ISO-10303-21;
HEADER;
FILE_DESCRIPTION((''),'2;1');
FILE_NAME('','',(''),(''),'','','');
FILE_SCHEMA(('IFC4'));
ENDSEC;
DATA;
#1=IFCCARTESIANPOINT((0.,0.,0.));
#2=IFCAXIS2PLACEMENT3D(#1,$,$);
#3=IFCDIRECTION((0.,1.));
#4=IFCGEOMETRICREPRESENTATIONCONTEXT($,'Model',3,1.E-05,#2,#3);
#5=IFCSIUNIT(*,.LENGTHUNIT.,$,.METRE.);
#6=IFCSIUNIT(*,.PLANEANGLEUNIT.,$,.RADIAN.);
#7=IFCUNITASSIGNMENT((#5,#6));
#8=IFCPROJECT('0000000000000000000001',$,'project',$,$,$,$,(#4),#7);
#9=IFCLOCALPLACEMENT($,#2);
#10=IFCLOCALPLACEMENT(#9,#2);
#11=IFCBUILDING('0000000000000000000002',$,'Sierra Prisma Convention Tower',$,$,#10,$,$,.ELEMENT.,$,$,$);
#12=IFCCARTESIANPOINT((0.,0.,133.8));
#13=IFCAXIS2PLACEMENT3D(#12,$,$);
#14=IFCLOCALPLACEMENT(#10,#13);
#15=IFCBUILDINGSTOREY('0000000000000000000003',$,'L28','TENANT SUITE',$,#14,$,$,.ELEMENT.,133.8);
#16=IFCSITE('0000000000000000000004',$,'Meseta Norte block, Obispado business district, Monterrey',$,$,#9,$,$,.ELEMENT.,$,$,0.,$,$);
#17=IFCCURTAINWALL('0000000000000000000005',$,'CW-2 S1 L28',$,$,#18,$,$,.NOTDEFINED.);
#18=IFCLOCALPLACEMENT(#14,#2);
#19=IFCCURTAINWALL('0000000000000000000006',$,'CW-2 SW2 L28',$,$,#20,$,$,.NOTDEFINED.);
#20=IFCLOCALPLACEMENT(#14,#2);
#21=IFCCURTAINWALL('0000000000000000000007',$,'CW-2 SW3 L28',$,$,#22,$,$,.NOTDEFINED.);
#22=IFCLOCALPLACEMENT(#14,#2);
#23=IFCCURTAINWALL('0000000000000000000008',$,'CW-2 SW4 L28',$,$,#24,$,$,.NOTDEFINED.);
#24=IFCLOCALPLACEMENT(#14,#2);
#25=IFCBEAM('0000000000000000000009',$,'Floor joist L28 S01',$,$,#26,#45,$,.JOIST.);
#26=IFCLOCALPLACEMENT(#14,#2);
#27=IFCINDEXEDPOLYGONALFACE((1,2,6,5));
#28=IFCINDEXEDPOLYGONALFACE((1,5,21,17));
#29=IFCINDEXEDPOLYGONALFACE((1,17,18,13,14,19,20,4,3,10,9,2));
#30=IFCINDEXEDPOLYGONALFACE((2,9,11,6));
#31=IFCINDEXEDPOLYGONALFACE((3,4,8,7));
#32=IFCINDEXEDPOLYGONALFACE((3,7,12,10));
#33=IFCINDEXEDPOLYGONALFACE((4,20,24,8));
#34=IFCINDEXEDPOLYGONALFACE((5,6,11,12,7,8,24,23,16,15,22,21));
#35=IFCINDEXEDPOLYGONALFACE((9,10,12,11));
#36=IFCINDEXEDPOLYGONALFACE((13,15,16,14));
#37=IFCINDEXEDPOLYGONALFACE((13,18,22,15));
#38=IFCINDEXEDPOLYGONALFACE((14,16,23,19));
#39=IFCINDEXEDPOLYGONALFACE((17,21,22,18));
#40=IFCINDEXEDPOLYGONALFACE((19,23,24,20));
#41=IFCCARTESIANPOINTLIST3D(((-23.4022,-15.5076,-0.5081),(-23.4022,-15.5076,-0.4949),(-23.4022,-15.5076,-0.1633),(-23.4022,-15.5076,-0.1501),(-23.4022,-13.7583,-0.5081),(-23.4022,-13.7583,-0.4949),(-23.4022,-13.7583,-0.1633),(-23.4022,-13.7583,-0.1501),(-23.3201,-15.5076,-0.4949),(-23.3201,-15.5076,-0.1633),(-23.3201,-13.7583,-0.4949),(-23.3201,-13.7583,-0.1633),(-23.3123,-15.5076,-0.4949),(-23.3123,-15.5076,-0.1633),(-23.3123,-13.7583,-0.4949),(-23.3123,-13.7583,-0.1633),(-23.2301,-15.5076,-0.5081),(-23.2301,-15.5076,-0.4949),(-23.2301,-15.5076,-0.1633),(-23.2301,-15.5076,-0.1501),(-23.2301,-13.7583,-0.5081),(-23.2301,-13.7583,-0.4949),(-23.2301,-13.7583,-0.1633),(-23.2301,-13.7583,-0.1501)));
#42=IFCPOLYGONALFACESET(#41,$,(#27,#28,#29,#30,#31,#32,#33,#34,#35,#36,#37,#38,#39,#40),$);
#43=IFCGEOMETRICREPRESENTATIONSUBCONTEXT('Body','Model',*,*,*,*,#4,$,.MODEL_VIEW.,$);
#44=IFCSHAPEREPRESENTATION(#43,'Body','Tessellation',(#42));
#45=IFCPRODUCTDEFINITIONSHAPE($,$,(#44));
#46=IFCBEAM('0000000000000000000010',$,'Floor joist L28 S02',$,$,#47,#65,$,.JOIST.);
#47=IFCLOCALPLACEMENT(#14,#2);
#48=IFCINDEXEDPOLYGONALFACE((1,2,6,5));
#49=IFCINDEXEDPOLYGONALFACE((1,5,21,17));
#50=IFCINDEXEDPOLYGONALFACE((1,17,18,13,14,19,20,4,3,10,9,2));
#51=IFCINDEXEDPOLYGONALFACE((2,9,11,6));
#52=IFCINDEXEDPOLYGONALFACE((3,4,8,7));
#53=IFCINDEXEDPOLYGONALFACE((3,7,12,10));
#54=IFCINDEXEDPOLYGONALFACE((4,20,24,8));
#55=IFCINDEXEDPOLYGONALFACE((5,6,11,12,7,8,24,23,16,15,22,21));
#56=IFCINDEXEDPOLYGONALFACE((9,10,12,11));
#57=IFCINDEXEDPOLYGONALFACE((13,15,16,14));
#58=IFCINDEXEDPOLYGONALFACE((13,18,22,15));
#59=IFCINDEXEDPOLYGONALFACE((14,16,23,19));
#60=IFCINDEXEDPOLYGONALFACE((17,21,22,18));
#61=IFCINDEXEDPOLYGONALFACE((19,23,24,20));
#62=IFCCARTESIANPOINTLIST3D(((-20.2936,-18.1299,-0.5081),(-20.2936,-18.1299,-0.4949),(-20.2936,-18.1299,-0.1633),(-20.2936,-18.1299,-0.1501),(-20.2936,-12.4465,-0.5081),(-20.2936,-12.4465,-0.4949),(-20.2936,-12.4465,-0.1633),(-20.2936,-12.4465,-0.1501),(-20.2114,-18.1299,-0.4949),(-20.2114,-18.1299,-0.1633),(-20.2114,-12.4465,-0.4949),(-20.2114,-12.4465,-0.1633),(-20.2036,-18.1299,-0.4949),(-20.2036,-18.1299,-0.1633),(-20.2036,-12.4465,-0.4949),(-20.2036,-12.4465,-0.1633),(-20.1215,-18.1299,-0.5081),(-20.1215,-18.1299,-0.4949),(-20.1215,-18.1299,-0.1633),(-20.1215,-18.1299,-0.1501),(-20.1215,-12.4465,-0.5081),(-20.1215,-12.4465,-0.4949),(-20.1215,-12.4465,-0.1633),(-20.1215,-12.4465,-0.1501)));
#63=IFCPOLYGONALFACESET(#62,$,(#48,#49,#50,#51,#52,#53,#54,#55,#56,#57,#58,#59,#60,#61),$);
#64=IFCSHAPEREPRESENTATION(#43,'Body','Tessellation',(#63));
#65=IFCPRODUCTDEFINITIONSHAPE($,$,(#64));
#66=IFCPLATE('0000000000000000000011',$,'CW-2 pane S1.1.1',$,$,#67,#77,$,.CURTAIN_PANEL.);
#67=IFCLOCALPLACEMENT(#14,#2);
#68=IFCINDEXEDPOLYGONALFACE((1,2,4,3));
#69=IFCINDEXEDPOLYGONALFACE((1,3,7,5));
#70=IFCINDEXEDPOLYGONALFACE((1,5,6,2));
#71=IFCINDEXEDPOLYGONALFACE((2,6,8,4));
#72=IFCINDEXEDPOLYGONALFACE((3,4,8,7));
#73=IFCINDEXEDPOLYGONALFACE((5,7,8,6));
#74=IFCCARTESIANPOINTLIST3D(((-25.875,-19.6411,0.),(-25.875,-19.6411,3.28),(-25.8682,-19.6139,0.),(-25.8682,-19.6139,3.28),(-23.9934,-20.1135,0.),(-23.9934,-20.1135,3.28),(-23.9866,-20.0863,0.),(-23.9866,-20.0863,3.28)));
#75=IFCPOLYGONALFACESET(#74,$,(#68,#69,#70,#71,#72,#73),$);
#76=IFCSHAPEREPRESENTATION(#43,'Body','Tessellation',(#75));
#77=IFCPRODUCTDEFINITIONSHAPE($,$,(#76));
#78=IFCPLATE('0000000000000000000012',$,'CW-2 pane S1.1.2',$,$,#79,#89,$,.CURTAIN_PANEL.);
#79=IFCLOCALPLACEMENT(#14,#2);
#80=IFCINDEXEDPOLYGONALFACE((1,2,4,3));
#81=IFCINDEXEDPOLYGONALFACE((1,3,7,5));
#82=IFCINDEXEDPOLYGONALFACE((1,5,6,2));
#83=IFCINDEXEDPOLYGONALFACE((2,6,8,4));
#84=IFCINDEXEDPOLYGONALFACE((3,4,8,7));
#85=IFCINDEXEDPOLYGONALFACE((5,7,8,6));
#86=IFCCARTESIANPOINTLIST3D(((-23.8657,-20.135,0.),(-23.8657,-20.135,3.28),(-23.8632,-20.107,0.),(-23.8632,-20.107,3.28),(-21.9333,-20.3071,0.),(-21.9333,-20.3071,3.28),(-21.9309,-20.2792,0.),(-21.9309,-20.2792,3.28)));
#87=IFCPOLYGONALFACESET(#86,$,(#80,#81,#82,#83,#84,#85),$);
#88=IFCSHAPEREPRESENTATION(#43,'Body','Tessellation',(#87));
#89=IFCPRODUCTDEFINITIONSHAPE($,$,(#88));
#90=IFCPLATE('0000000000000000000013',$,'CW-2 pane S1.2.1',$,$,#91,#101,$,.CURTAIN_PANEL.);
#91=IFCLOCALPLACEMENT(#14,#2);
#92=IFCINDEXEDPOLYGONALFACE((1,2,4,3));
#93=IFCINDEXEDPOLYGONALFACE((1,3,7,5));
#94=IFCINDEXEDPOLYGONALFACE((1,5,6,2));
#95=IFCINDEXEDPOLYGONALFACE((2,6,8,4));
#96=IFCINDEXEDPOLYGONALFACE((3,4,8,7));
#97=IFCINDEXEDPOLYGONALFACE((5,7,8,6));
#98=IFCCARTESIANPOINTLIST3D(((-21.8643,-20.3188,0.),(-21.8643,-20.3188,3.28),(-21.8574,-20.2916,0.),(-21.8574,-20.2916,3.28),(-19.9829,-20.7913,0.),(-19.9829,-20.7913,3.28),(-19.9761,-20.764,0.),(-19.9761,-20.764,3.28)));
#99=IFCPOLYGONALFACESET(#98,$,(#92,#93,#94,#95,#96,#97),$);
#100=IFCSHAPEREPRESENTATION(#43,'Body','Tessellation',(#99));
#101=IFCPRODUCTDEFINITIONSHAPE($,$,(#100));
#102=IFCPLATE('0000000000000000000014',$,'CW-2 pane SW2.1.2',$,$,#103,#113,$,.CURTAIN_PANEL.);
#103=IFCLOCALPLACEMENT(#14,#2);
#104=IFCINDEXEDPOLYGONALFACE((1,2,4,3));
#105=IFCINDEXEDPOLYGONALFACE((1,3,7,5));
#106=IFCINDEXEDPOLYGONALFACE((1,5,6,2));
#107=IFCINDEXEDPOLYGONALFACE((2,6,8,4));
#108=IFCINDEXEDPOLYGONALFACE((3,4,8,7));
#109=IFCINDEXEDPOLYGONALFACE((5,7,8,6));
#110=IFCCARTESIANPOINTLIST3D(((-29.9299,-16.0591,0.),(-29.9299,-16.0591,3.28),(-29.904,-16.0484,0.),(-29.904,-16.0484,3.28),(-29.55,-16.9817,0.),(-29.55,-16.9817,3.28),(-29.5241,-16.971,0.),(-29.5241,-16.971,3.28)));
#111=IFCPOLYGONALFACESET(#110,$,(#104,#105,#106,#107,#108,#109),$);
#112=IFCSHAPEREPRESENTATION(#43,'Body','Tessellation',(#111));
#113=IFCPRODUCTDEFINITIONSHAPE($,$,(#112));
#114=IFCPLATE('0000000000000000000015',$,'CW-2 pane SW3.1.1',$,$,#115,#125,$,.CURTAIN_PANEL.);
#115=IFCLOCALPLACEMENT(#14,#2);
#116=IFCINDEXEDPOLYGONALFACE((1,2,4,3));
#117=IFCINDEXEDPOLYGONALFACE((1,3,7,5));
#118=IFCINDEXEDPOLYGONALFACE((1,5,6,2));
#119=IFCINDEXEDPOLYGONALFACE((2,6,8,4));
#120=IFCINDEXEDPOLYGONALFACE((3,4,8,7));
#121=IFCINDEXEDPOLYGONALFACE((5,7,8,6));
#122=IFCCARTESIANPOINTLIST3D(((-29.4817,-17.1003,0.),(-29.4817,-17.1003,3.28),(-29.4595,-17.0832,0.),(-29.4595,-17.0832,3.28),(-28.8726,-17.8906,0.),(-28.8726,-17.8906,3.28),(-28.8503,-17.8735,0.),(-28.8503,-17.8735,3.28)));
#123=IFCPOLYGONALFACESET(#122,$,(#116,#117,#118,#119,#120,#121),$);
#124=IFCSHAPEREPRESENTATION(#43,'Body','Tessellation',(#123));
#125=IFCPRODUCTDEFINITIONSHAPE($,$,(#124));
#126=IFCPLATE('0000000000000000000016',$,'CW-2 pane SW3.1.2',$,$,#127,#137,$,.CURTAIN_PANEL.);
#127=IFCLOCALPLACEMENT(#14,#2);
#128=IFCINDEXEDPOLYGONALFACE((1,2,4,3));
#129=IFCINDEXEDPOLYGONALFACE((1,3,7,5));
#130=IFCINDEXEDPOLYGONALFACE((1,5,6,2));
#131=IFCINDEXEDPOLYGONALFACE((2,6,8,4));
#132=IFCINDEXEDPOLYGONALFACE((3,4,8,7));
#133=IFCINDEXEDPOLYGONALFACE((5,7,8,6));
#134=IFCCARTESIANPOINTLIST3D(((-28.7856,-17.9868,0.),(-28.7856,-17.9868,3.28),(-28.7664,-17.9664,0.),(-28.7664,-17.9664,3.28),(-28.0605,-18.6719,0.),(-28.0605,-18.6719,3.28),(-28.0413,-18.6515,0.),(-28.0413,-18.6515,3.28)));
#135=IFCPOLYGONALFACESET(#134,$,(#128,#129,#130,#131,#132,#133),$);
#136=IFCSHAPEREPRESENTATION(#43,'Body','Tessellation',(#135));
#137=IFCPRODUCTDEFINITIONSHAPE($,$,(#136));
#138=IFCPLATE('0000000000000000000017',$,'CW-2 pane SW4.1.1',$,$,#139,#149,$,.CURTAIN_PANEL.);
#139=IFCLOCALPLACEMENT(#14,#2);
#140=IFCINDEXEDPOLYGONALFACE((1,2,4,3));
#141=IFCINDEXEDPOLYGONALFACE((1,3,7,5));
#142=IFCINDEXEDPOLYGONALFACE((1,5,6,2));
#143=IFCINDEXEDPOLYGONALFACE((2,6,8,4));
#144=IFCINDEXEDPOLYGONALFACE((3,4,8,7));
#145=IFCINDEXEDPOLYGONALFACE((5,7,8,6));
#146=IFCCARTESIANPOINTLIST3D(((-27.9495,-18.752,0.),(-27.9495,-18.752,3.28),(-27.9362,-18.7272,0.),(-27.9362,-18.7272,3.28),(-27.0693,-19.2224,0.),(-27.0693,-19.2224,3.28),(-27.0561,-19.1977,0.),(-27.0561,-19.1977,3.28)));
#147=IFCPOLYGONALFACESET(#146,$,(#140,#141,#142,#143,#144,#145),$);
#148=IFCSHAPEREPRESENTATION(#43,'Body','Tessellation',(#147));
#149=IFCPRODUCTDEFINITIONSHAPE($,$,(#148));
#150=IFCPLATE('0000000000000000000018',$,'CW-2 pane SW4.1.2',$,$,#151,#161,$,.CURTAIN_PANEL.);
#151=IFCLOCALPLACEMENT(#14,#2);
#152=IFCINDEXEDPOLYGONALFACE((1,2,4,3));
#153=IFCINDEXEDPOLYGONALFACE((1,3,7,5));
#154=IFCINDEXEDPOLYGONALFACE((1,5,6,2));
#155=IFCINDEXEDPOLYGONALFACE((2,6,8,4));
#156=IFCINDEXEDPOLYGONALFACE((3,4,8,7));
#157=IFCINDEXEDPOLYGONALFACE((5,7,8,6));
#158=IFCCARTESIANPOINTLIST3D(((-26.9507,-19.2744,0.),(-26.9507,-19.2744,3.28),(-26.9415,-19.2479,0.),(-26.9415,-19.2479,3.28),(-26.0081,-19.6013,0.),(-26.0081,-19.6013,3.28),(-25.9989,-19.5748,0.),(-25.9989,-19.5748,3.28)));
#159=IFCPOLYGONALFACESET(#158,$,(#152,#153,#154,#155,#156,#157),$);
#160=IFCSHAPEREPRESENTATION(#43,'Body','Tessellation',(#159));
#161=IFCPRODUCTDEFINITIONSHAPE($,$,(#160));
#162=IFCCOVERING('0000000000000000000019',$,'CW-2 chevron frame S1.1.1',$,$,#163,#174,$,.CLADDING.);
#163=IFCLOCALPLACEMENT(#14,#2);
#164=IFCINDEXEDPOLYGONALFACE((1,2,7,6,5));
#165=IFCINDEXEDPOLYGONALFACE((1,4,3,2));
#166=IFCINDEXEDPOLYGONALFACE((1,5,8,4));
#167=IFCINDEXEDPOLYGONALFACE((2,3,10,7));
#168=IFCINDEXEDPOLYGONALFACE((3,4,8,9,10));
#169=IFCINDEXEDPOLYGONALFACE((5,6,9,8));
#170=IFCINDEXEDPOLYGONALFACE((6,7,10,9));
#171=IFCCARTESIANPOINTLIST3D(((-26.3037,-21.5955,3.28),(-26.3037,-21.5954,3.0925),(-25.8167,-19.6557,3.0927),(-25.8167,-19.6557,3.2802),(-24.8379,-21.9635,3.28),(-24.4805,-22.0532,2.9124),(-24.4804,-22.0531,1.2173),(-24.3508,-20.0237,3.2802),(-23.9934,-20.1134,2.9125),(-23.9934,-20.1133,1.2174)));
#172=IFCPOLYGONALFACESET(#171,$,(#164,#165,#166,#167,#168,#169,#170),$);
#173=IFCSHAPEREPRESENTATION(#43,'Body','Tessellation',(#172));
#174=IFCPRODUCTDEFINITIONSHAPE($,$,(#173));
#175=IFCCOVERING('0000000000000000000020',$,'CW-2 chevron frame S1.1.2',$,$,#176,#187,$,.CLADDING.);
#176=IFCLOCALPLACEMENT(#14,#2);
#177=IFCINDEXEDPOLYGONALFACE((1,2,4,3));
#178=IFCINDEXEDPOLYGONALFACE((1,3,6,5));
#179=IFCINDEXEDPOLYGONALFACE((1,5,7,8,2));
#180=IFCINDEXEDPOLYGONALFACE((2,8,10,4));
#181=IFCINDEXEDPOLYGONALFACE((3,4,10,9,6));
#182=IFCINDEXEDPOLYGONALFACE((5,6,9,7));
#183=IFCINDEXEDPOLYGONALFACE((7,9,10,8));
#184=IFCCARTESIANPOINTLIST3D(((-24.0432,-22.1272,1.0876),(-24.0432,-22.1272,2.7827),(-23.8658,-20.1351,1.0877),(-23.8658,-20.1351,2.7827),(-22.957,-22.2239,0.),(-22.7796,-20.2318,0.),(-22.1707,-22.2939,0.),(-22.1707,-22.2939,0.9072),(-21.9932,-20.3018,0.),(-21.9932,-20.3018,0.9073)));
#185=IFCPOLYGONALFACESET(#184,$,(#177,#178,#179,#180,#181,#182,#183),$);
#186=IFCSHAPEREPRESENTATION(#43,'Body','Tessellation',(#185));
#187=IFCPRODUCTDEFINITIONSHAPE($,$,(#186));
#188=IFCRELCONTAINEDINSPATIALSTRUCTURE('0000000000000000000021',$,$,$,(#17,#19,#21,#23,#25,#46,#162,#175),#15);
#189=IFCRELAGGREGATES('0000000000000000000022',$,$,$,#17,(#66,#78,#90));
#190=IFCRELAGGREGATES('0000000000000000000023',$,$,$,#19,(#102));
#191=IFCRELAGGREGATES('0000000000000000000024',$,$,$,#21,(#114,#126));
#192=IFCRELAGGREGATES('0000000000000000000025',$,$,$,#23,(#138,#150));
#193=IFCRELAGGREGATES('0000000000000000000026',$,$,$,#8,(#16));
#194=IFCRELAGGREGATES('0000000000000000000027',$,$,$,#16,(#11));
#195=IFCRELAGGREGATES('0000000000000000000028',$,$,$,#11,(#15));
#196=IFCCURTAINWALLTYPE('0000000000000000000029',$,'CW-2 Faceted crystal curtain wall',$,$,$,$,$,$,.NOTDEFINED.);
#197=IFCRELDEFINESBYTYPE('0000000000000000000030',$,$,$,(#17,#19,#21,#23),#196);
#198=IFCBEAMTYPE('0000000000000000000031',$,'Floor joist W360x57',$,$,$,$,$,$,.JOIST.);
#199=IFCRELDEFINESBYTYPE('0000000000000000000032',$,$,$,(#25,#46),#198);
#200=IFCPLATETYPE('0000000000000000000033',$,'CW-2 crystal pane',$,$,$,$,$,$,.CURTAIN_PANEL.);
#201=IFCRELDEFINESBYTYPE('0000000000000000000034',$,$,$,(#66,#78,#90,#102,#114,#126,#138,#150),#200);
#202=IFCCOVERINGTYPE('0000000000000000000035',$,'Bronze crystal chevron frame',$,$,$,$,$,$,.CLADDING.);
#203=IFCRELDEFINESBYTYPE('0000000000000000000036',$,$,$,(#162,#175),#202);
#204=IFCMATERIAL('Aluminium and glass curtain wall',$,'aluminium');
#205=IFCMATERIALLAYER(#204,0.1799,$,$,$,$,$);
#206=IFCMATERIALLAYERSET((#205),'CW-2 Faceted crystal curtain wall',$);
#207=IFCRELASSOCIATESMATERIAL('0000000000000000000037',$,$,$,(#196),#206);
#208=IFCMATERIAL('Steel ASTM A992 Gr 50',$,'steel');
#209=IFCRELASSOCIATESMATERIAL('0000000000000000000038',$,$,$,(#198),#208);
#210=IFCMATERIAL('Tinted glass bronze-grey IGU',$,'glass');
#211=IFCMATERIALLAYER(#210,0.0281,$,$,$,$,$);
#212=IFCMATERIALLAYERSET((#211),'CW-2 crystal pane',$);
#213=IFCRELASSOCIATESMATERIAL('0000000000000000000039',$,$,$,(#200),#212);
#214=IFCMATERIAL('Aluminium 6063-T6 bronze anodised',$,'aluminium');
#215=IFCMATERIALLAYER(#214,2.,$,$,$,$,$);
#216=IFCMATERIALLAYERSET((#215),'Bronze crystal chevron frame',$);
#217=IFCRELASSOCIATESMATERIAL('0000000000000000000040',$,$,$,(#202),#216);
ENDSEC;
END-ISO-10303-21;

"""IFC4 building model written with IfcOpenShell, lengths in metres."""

from ifc_helpers import new_model, si_unit, direction, frame, origin, origin_2d, place, context, subcontext, project, spatial, polyline, i_section, outline, extrude, material, layer, layer_set, material_profile, profile_set, type_object, element, aggregate, save


model = new_model("IFC4")

# Units and contexts
model_context = context("Model", 3, precision=1e-05, world=origin(), true_north=direction((0.0, 1.0)))
body_context = subcontext(model_context, "Body", "Model", "MODEL_VIEW")
ifc_project = project(units=[si_unit("LENGTHUNIT", "METRE"), si_unit("PLANEANGLEUNIT", "RADIAN")], contexts=[model_context])

# Site, building, storey
site_placement = place(None, origin())
site = spatial("IfcSite", under=ifc_project, at=site_placement, Name="Meseta Norte block, Obispado business district, Monterrey", CompositionType="ELEMENT", RefElevation=0.0)
building_placement = place(site_placement, origin())
building = spatial("IfcBuilding", under=site, at=building_placement, Name="Sierra Prisma Convention Tower", CompositionType="ELEMENT")
storey_placement = place(building_placement, frame((0.0, 0.0, 133.8)))
storey = spatial("IfcBuildingStorey", under=building, at=storey_placement, Name="L28", Description="TENANT SUITE", CompositionType="ELEMENT", Elevation=133.8)

# Curtain wall
ifc_material_1 = material(Name="Aluminium and glass curtain wall", Category="aluminium")
ifc_layer_1 = layer(ifc_material_1, 0.1799)
ifc_layer_set_1 = layer_set([ifc_layer_1], Name="CW-2 Faceted crystal curtain wall")
curtain_wall_type = type_object("IfcCurtainWallType", Name="CW-2 Faceted crystal curtain wall", PredefinedType="NOTDEFINED", material=ifc_layer_set_1)
curtain_wall_1_placement = place(storey_placement, origin())
curtain_wall_1 = element("IfcCurtainWall", 1, at=curtain_wall_1_placement, inside=storey, type_object=curtain_wall_type, Name="CW-2 S1 L28", PredefinedType="NOTDEFINED")

# Curtain walls
curtain_wall_2_placement = place(storey_placement, origin())
curtain_wall_2 = element("IfcCurtainWall", 2, at=curtain_wall_2_placement, inside=storey, type_object=curtain_wall_type, Name="CW-2 SW2 L28", PredefinedType="NOTDEFINED")
curtain_wall_3_placement = place(storey_placement, origin())
curtain_wall_3 = element("IfcCurtainWall", 3, at=curtain_wall_3_placement, inside=storey, type_object=curtain_wall_type, Name="CW-2 SW3 L28", PredefinedType="NOTDEFINED")
curtain_wall_4_placement = place(storey_placement, origin())
curtain_wall_4 = element("IfcCurtainWall", 4, at=curtain_wall_4_placement, inside=storey, type_object=curtain_wall_type, Name="CW-2 SW4 L28", PredefinedType="NOTDEFINED")

# Beams
ifc_material_2 = material(Name="Steel ASTM A992 Gr 50", Category="steel")
ifc_material_profile_1 = material_profile(ifc_material_2, i_section(OverallWidth=0.1721, OverallDepth=0.3579, WebThickness=0.0078, FlangeThickness=0.0132, at=origin_2d()), Name="W360x57")
ifc_profile_set_1 = profile_set([ifc_material_profile_1], Name="Steel ASTM A992 Gr 50")
beam_type = type_object("IfcBeamType", Name="Floor joist W360x57", PredefinedType="JOIST", material=ifc_profile_set_1)
beam_1_placement = place(storey_placement, frame((-23.3162, -15.5076, -0.3291), z_axis=(0.0, 1.0, 0.0), x_axis=(-1.0, 0.0, 0.0)))
element("IfcBeam", 5, at=beam_1_placement, inside=storey, type_object=beam_type, Name="Floor joist L28 S01", PredefinedType="JOIST", context=body_context, shape_type="SweptSolid", body=[
    extrude(i_section(OverallWidth=0.1721, OverallDepth=0.3579, WebThickness=0.0078, FlangeThickness=0.0132, at=origin_2d()), origin(), (0.0, 0.0, 1.0), 1.7493),
])
beam_2_placement = place(storey_placement, frame((-20.2075, -18.1299, -0.3291), z_axis=(0.0, 1.0, 0.0), x_axis=(-1.0, 0.0, 0.0)))
element("IfcBeam", 6, at=beam_2_placement, inside=storey, type_object=beam_type, Name="Floor joist L28 S02", PredefinedType="JOIST", context=body_context, shape_type="SweptSolid", body=[
    extrude(i_section(OverallWidth=0.1721, OverallDepth=0.3579, WebThickness=0.0078, FlangeThickness=0.0132, at=origin_2d()), origin(), (0.0, 0.0, 1.0), 5.6833),
])

# Plates
ifc_material_3 = material(Name="Tinted glass bronze-grey IGU", Category="glass")
ifc_layer_2 = layer(ifc_material_3, 0.0281)
ifc_layer_set_2 = layer_set([ifc_layer_2], Name="CW-2 crystal pane")
plate_type = type_object("IfcPlateType", Name="CW-2 crystal pane", PredefinedType="CURTAIN_PANEL", material=ifc_layer_set_2)
plate_1_placement = place(storey_placement, frame((-25.875, -19.6411, 0.0), z_axis=(-0.243513, -0.969898, 0.0), x_axis=(0.969898, -0.243513, 0.0)))
plate_1 = element("IfcPlate", 7, at=plate_1_placement, type_object=plate_type, Name="CW-2 pane S1.1.1", PredefinedType="CURTAIN_PANEL", context=body_context, shape_type="SweptSolid", body=[
    extrude(outline(polyline([(0.0, 0.0), (1.94, 0.0), (1.94, 3.28), (0.0, 3.28), (0.0, 0.0)])), origin(), (0.0, 0.0, -1.0), 0.0281),
])
plate_2_placement = place(storey_placement, frame((-21.9333, -20.3071, 0.0), z_axis=(-0.08872, -0.996057, 0.0), x_axis=(-0.996057, 0.08872, 0.0)))
plate_2 = element("IfcPlate", 8, at=plate_2_placement, type_object=plate_type, Name="CW-2 pane S1.1.2", PredefinedType="CURTAIN_PANEL", context=body_context, shape_type="SweptSolid", body=[
    extrude(outline(polyline([(0.0, 0.0), (1.94, 0.0), (1.94, -3.28), (0.0, -3.28), (0.0, 0.0)])), origin(), (0.0, 0.0, -1.0), 0.0281),
])
plate_3_placement = place(storey_placement, frame((-21.8643, -20.3188, 0.0), z_axis=(-0.243542, -0.96989, 0.0), x_axis=(0.96989, -0.243542, 0.0)))
plate_3 = element("IfcPlate", 9, at=plate_3_placement, type_object=plate_type, Name="CW-2 pane S1.2.1", PredefinedType="CURTAIN_PANEL", context=body_context, shape_type="SweptSolid", body=[
    extrude(outline(polyline([(0.0, 0.0), (1.9398, 0.0), (1.9398, 3.28), (0.0, 3.28), (0.0, 0.0)])), origin(), (0.0, 0.0, -1.0), 0.0281),
])
aggregate(curtain_wall_1, [plate_1, plate_2, plate_3])
plate_4_placement = place(storey_placement, frame((-29.55, -16.9817, 0.0), z_axis=(-0.924683, -0.380737, 0.0), x_axis=(-0.380737, 0.924683, 0.0)))
plate_4 = element("IfcPlate", 10, at=plate_4_placement, type_object=plate_type, Name="CW-2 pane SW2.1.2", PredefinedType="CURTAIN_PANEL", context=body_context, shape_type="SweptSolid", body=[
    extrude(outline(polyline([(0.0, 0.0), (0.9978, 0.0), (0.9978, -3.28), (0.0, -3.28), (0.0, 0.0)])), origin(), (0.0, 0.0, -1.0), 0.0281),
])
aggregate(curtain_wall_2, [plate_4])
plate_5_placement = place(storey_placement, frame((-29.4817, -17.1003, 0.0), z_axis=(-0.792032, -0.610479, 0.0), x_axis=(0.610479, -0.792032, 0.0)))
plate_5 = element("IfcPlate", 11, at=plate_5_placement, type_object=plate_type, Name="CW-2 pane SW3.1.1", PredefinedType="CURTAIN_PANEL", context=body_context, shape_type="SweptSolid", body=[
    extrude(outline(polyline([(0.0, 0.0), (0.9978, 0.0), (0.9978, 3.28), (0.0, 3.28), (0.0, 0.0)])), origin(), (0.0, 0.0, -1.0), 0.0281),
])
plate_6_placement = place(storey_placement, frame((-28.0605, -18.6719, 0.0), z_axis=(-0.686753, -0.726891, 0.0), x_axis=(-0.726891, 0.686753, 0.0)))
plate_6 = element("IfcPlate", 12, at=plate_6_placement, type_object=plate_type, Name="CW-2 pane SW3.1.2", PredefinedType="CURTAIN_PANEL", context=body_context, shape_type="SweptSolid", body=[
    extrude(outline(polyline([(0.0, 0.0), (0.9975, 0.0), (0.9975, -3.28), (0.0, -3.28), (0.0, 0.0)])), origin(), (0.0, 0.0, -1.0), 0.0281),
])
aggregate(curtain_wall_3, [plate_5, plate_6])
plate_7_placement = place(storey_placement, frame((-27.9495, -18.752, 0.0), z_axis=(-0.471413, -0.881912, 0.0), x_axis=(0.881912, -0.471413, 0.0)))
plate_7 = element("IfcPlate", 13, at=plate_7_placement, type_object=plate_type, Name="CW-2 pane SW4.1.1", PredefinedType="CURTAIN_PANEL", context=body_context, shape_type="SweptSolid", body=[
    extrude(outline(polyline([(0.0, 0.0), (0.998, 0.0), (0.998, 3.28), (0.0, 3.28), (0.0, 0.0)])), origin(), (0.0, 0.0, -1.0), 0.0281),
])
plate_8_placement = place(storey_placement, frame((-26.0081, -19.6013, 0.0), z_axis=(-0.327657, -0.944797, 0.0), x_axis=(-0.944797, 0.327657, 0.0)))
plate_8 = element("IfcPlate", 14, at=plate_8_placement, type_object=plate_type, Name="CW-2 pane SW4.1.2", PredefinedType="CURTAIN_PANEL", context=body_context, shape_type="SweptSolid", body=[
    extrude(outline(polyline([(0.0, 0.0), (0.9977, 0.0), (0.9977, -3.28), (0.0, -3.28), (0.0, 0.0)])), origin(), (0.0, 0.0, -1.0), 0.0281),
])
aggregate(curtain_wall_4, [plate_7, plate_8])

# Coverings
ifc_material_4 = material(Name="Aluminium 6063-T6 bronze anodised", Category="aluminium")
ifc_layer_3 = layer(ifc_material_4, 2.0)
ifc_layer_set_3 = layer_set([ifc_layer_3], Name="Bronze crystal chevron frame")
covering_type = type_object("IfcCoveringType", Name="Bronze crystal chevron frame", PredefinedType="CLADDING", material=ifc_layer_set_3)
covering_1_placement = place(storey_placement, frame((-26.3037, -21.5955, 3.28), z_axis=(-0.243525, -0.969895, -0.000062), x_axis=(0.000015, 0.00006, -1.0)))
element("IfcCovering", 15, at=covering_1_placement, inside=storey, type_object=covering_type, Name="CW-2 chevron frame S1.1.1", PredefinedType="CLADDING", context=body_context, shape_type="SweptSolid", body=[
    extrude(outline(polyline([(0.0, 0.0), (0.1875, 0.0), (2.0627, 1.8798), (0.3677, 1.8798), (0.0, 1.5113), (0.0, 0.0)])), origin(), (0.0, 0.0, -1.0), 2.0),
])
covering_2_placement = place(storey_placement, frame((-24.0432, -22.1272, 2.7827), z_axis=(-0.088705, -0.996058, -0.000014), x_axis=(0.000001, 0.000014, -1.0)))
element("IfcCovering", 16, at=covering_2_placement, inside=storey, type_object=covering_type, Name="CW-2 chevron frame S1.1.2", PredefinedType="CLADDING", context=body_context, shape_type="SweptSolid", body=[
    extrude(outline(polyline([(0.0, 0.0), (1.6951, 0.0), (2.7827, 1.0905), (2.7827, 1.88), (1.8755, 1.88), (0.0, 0.0)])), origin(), (0.0, 0.0, -1.0), 2.0),
])

save(model, "model.ifc")
